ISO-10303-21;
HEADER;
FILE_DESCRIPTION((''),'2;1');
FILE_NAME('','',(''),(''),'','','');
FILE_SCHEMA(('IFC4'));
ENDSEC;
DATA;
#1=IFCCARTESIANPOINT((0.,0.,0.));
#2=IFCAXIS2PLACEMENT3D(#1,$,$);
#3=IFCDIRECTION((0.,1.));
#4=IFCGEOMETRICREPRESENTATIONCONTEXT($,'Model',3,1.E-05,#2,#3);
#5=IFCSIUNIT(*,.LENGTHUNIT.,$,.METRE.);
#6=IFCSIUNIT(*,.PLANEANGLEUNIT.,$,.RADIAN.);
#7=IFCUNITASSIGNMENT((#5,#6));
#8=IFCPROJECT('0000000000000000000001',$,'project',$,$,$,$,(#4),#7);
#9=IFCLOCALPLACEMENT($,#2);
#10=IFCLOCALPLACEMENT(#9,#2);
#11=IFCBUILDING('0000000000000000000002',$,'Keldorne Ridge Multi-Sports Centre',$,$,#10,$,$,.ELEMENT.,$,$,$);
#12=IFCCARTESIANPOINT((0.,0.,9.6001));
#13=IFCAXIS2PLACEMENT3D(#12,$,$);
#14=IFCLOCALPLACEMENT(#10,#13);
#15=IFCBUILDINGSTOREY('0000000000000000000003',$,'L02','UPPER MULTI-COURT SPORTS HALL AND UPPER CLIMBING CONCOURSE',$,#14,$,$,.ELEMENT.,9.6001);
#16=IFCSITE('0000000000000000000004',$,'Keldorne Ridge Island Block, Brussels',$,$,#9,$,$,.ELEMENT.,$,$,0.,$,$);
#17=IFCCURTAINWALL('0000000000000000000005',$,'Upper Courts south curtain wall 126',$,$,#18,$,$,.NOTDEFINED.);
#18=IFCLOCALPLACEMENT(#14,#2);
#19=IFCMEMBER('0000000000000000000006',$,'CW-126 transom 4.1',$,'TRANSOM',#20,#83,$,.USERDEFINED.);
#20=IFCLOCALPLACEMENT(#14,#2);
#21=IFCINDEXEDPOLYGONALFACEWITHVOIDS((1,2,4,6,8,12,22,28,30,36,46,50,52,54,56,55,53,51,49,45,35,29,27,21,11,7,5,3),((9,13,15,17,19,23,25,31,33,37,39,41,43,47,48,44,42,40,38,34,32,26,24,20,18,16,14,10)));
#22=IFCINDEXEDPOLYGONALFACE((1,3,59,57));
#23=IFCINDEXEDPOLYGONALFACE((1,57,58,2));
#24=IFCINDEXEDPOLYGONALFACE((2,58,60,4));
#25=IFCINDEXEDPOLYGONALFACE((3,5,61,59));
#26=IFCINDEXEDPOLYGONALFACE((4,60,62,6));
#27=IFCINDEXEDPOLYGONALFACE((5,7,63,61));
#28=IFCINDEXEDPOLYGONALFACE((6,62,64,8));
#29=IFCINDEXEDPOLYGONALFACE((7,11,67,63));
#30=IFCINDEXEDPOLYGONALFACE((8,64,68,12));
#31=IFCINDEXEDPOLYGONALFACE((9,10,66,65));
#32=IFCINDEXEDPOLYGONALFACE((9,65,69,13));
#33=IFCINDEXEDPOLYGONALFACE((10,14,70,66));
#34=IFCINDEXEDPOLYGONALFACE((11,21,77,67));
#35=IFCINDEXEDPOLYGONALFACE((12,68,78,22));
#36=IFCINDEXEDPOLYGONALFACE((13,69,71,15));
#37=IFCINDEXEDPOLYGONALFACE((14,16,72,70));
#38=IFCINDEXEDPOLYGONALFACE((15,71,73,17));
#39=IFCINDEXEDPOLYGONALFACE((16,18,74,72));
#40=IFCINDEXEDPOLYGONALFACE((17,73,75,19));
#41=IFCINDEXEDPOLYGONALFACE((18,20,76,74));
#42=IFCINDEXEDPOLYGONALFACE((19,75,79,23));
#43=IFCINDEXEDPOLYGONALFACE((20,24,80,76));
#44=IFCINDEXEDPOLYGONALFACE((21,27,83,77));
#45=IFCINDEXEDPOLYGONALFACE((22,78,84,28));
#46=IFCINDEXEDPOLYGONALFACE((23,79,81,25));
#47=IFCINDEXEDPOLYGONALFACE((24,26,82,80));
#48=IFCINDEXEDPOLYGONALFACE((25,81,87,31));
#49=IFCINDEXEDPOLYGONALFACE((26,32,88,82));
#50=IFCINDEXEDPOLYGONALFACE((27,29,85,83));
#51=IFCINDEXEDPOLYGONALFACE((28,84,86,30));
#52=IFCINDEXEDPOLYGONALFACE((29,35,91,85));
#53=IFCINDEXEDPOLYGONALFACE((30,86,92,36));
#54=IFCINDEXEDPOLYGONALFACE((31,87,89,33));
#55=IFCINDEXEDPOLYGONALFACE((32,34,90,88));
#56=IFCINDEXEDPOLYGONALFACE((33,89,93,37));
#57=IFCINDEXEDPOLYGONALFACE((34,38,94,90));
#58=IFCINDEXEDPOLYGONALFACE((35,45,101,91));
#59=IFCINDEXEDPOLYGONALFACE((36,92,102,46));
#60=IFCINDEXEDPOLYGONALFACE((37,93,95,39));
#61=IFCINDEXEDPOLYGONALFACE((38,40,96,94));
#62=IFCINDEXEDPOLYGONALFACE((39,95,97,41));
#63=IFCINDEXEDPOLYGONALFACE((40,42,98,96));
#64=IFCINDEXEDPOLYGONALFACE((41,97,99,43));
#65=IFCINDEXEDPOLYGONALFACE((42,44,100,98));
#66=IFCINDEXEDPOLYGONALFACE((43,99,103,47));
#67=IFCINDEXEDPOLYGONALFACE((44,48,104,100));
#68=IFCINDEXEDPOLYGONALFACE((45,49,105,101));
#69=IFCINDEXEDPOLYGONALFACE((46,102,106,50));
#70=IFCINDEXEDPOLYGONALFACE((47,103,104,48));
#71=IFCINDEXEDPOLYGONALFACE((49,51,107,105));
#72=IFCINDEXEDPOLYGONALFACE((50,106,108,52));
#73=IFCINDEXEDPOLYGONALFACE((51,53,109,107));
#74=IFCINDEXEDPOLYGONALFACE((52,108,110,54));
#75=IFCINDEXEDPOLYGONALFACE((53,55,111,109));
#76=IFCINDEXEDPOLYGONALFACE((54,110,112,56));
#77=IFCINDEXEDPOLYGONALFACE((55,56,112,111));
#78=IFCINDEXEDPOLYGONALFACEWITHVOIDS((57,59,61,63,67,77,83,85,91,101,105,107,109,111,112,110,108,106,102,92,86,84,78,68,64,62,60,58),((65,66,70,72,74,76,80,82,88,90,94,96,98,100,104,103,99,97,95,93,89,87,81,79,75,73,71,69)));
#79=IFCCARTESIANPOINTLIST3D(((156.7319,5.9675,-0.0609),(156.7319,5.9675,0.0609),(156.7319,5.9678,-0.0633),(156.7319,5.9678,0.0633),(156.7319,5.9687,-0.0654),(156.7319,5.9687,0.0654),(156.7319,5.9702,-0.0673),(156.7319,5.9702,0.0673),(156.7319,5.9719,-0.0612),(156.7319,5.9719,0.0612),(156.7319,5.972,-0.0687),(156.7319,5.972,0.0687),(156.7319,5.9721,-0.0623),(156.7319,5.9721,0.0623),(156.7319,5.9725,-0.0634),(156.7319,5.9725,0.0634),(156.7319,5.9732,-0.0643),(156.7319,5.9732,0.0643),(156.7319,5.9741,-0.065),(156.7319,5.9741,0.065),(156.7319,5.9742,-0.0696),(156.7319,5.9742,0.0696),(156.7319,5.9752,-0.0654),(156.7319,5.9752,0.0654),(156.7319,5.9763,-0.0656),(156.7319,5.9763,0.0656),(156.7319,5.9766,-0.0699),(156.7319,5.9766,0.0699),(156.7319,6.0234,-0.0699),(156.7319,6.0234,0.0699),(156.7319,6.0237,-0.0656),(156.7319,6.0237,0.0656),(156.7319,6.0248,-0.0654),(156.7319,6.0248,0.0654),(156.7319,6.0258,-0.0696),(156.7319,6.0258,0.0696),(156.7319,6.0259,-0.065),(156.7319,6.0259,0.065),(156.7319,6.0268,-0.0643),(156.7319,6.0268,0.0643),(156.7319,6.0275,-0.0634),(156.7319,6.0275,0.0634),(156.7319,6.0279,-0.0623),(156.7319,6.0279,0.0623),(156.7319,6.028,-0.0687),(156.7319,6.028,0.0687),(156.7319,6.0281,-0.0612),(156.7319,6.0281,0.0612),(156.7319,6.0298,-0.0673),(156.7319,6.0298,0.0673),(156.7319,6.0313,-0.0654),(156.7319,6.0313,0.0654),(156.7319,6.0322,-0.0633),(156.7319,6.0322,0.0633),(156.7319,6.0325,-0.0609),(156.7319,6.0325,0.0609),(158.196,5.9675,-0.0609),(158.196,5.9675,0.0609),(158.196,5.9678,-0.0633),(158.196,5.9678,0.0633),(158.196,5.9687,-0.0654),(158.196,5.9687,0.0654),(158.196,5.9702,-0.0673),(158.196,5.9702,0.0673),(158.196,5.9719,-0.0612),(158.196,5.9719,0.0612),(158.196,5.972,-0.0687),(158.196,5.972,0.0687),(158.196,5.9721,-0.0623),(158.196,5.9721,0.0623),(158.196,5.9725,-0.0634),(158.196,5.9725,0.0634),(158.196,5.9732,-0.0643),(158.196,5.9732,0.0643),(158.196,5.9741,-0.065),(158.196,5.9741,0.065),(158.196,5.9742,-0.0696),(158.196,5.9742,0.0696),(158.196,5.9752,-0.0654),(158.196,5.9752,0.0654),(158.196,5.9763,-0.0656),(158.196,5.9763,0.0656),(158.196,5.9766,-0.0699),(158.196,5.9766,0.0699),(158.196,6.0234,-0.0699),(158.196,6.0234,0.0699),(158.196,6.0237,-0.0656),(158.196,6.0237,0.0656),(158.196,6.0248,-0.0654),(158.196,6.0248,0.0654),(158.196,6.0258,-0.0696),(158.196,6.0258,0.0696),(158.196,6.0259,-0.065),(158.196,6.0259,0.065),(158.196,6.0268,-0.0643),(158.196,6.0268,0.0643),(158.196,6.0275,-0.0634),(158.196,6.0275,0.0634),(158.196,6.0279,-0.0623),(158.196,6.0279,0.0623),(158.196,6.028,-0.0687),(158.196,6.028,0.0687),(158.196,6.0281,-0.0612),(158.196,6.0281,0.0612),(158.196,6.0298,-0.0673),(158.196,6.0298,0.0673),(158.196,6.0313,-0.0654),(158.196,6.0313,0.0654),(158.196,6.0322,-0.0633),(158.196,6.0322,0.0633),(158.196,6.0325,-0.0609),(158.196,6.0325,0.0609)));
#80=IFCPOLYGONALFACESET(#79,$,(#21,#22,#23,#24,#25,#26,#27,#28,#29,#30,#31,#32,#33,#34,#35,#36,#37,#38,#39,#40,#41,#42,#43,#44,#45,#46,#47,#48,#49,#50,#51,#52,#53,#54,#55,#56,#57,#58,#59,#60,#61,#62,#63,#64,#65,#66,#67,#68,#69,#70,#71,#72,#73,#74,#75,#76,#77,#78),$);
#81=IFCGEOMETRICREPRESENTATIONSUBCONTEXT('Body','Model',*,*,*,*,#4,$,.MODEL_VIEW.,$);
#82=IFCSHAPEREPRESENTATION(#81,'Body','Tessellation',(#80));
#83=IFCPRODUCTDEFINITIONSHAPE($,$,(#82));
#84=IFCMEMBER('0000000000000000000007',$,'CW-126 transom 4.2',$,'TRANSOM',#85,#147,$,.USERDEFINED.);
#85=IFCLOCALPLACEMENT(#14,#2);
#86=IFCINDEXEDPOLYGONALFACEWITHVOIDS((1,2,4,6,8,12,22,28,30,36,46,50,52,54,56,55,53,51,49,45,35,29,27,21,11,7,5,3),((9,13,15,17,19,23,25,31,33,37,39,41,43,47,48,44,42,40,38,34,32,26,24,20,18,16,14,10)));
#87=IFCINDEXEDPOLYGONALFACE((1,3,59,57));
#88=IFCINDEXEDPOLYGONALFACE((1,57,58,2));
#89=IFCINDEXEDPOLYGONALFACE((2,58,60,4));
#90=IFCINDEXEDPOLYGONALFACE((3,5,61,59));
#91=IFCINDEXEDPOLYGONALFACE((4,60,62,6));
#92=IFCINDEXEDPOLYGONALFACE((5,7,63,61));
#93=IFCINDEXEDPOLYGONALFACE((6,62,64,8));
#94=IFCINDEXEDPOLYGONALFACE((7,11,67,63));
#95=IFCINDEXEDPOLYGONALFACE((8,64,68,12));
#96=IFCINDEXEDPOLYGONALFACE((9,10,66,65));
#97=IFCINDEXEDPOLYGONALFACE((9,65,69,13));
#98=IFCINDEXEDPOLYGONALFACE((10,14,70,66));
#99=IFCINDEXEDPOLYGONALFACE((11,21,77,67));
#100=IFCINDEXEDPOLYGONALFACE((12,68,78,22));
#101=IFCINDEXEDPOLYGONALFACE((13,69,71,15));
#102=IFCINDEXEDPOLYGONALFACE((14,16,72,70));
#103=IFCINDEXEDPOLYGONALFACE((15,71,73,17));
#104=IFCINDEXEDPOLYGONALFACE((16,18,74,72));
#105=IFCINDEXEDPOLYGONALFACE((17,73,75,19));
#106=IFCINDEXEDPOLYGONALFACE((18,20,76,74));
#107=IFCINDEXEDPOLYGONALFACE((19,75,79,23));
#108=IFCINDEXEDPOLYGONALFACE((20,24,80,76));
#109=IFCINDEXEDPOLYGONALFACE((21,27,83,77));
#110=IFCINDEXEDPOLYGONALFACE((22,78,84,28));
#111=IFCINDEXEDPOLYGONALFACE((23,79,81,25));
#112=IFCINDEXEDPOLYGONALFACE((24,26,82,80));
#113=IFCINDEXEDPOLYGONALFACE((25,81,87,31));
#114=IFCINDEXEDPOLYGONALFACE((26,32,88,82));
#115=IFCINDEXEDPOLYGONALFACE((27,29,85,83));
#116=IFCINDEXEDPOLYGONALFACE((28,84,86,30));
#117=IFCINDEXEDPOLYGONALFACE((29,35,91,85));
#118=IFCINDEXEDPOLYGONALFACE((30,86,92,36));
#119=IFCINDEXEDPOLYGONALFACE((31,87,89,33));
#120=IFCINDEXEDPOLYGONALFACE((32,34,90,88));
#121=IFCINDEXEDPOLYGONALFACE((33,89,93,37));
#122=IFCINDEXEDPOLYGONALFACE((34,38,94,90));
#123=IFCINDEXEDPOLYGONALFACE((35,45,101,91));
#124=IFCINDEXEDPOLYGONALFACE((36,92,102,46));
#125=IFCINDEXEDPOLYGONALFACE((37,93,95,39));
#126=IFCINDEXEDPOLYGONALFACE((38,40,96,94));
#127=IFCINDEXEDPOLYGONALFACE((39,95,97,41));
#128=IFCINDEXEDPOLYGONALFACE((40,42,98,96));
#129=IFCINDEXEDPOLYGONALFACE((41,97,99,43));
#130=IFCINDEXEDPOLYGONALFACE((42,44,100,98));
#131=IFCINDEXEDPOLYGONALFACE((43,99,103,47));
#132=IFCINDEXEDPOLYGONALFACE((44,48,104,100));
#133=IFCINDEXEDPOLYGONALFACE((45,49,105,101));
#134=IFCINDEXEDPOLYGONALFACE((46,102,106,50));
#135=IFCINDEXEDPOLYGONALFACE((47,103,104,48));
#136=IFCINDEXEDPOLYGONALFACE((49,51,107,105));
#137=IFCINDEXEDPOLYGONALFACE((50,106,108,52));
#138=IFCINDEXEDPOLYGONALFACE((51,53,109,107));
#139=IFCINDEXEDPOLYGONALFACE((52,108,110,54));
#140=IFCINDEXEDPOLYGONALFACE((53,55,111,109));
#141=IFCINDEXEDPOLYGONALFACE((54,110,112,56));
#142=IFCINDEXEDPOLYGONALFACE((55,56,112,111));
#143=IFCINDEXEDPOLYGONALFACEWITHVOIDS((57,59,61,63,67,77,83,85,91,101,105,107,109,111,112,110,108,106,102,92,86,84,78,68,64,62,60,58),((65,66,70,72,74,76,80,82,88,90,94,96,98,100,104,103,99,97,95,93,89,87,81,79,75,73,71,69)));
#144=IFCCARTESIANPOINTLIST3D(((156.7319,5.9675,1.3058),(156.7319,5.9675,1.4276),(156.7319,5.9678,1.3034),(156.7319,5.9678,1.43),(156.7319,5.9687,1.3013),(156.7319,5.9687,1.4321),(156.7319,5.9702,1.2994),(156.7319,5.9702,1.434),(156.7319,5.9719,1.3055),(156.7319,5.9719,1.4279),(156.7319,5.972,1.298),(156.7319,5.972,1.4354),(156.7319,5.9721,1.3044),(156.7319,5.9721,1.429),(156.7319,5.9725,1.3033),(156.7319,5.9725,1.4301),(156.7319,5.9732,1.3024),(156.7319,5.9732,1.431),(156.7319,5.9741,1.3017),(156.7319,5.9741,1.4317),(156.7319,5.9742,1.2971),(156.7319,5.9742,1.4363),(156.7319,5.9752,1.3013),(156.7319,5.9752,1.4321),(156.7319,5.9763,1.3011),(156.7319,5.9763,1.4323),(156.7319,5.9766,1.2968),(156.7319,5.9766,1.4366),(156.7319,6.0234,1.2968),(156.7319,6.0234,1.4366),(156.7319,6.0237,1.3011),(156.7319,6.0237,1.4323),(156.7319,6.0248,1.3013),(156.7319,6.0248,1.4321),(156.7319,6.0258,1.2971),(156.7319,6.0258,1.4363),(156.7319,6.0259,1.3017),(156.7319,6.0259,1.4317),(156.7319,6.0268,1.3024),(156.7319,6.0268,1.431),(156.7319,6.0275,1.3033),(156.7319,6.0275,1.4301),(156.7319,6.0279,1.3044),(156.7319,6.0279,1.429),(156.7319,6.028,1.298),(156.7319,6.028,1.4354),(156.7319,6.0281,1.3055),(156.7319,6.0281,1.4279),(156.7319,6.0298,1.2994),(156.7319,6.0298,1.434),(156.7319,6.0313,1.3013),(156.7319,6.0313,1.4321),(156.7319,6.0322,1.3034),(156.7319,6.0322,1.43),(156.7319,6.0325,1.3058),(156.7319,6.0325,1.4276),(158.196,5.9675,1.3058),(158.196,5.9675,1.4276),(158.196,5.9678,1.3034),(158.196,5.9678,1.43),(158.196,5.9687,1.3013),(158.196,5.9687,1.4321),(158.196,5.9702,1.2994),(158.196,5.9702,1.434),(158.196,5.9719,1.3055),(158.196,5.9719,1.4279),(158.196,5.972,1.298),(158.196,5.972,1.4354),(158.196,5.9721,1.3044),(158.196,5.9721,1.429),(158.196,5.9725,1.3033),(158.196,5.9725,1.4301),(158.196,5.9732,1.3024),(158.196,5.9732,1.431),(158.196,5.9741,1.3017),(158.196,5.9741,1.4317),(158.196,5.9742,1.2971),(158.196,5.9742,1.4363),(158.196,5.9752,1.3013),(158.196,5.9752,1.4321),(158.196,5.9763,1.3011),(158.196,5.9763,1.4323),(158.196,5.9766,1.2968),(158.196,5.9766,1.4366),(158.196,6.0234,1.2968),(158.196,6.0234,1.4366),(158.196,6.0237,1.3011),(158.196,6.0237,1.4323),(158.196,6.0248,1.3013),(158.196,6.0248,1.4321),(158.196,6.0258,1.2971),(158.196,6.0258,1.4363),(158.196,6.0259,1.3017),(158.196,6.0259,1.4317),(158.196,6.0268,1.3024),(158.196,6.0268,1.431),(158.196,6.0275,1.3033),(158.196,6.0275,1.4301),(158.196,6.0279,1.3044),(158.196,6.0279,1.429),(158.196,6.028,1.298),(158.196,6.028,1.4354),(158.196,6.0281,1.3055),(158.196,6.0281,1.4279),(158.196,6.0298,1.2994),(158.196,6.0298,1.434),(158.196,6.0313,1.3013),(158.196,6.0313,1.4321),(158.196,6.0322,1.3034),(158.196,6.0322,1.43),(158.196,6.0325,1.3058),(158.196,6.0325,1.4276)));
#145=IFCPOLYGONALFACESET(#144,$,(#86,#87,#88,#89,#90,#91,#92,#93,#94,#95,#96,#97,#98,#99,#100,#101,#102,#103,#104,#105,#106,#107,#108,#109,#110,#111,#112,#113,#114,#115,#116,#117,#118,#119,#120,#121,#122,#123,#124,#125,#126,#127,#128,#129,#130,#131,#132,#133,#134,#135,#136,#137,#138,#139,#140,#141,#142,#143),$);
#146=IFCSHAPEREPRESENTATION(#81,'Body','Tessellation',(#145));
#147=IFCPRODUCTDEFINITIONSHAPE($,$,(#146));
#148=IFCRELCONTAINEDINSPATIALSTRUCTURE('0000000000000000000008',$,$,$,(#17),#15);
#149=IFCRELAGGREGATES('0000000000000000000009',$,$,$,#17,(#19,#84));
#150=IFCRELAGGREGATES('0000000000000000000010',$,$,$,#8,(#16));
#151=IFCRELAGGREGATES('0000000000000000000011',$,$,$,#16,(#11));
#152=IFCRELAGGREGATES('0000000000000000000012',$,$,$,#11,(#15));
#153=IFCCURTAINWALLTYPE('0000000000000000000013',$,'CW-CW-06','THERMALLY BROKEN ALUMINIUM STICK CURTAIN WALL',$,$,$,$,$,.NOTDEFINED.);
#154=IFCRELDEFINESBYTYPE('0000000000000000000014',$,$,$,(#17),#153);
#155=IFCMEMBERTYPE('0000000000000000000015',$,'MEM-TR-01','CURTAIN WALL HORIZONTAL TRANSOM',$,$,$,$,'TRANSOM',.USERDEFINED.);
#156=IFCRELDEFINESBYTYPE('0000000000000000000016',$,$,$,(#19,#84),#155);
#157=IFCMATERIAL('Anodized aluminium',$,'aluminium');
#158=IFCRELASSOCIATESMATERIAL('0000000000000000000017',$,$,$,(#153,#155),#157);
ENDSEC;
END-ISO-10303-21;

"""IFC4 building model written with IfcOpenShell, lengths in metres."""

from ifc_helpers import new_model, si_unit, direction, frame, origin, origin_2d, place, context, subcontext, project, spatial, hollow_rectangle, extrude, material, material_profile, profile_set, type_object, element, aggregate, save


model = new_model("IFC4")

# Units and contexts
model_context = context("Model", 3, precision=1e-05, world=origin(), true_north=direction((0.0, 1.0)))
body_context = subcontext(model_context, "Body", "Model", "MODEL_VIEW")
ifc_project = project(units=[si_unit("LENGTHUNIT", "METRE"), si_unit("PLANEANGLEUNIT", "RADIAN")], contexts=[model_context])

# Site, building, storey
site_placement = place(None, origin())
site = spatial("IfcSite", under=ifc_project, at=site_placement, Name="Keldorne Ridge Island Block, Brussels", CompositionType="ELEMENT", RefElevation=0.0)
building_placement = place(site_placement, origin())
building = spatial("IfcBuilding", under=site, at=building_placement, Name="Keldorne Ridge Multi-Sports Centre", CompositionType="ELEMENT")
storey_placement = place(building_placement, frame((0.0, 0.0, 9.6001)))
storey = spatial("IfcBuildingStorey", under=building, at=storey_placement, Name="L02", Description="UPPER MULTI-COURT SPORTS HALL AND UPPER CLIMBING CONCOURSE", CompositionType="ELEMENT", Elevation=9.6001)

# Curtain wall, members
ifc_material_1 = material(Name="Anodized aluminium", Category="aluminium")
curtain_wall_type = type_object("IfcCurtainWallType", Name="CW-CW-06", Description="THERMALLY BROKEN ALUMINIUM STICK CURTAIN WALL", PredefinedType="NOTDEFINED", material=ifc_material_1)
curtain_wall_placement = place(storey_placement, origin())
curtain_wall = element("IfcCurtainWall", 1, at=curtain_wall_placement, inside=storey, type_object=curtain_wall_type, Name="Upper Courts south curtain wall 126", PredefinedType="NOTDEFINED")
ifc_material_profile_1 = material_profile(ifc_material_1, hollow_rectangle(XDim=0.0649, YDim=0.1399, WallThickness=0.0044, InnerFilletRadius=0.0044, OuterFilletRadius=0.009, at=origin_2d()), Name="ALU TRANSOM 140x65x4.5")
ifc_profile_set_1 = profile_set([ifc_material_profile_1], Name="Anodized aluminium")
member_type_1 = type_object("IfcMemberType", Name="MEM-TR-01", Description="CURTAIN WALL HORIZONTAL TRANSOM", ElementType="TRANSOM", PredefinedType="USERDEFINED", material=ifc_profile_set_1)
member_1_placement = place(storey_placement, frame((156.7319, 6.0, 0.0), z_axis=(1.0, 0.0, 0.0), x_axis=(0.0, 1.0, 0.0)))
member_1 = element("IfcMember", 2, at=member_1_placement, type_object=member_type_1, Name="CW-126 transom 4.1", ObjectType="TRANSOM", PredefinedType="USERDEFINED", context=body_context, shape_type="SweptSolid", body=[
    extrude(hollow_rectangle(XDim=0.0649, YDim=0.1399, WallThickness=0.0044, InnerFilletRadius=0.0044, OuterFilletRadius=0.009, at=origin_2d()), origin(), (0.0, 0.0, 1.0), 1.4641),
])
member_2_placement = place(storey_placement, frame((156.7319, 6.0, 1.3667), z_axis=(1.0, 0.0, 0.0), x_axis=(0.0, 1.0, 0.0)))
member_2 = element("IfcMember", 3, at=member_2_placement, type_object=member_type_1, Name="CW-126 transom 4.2", ObjectType="TRANSOM", PredefinedType="USERDEFINED", context=body_context, shape_type="SweptSolid", body=[
    extrude(hollow_rectangle(XDim=0.0649, YDim=0.1399, WallThickness=0.0044, InnerFilletRadius=0.0044, OuterFilletRadius=0.009, at=origin_2d()), origin(), (0.0, 0.0, 1.0), 1.4641),
])
aggregate(curtain_wall, [member_1, member_2])

save(model, "model.ifc")
